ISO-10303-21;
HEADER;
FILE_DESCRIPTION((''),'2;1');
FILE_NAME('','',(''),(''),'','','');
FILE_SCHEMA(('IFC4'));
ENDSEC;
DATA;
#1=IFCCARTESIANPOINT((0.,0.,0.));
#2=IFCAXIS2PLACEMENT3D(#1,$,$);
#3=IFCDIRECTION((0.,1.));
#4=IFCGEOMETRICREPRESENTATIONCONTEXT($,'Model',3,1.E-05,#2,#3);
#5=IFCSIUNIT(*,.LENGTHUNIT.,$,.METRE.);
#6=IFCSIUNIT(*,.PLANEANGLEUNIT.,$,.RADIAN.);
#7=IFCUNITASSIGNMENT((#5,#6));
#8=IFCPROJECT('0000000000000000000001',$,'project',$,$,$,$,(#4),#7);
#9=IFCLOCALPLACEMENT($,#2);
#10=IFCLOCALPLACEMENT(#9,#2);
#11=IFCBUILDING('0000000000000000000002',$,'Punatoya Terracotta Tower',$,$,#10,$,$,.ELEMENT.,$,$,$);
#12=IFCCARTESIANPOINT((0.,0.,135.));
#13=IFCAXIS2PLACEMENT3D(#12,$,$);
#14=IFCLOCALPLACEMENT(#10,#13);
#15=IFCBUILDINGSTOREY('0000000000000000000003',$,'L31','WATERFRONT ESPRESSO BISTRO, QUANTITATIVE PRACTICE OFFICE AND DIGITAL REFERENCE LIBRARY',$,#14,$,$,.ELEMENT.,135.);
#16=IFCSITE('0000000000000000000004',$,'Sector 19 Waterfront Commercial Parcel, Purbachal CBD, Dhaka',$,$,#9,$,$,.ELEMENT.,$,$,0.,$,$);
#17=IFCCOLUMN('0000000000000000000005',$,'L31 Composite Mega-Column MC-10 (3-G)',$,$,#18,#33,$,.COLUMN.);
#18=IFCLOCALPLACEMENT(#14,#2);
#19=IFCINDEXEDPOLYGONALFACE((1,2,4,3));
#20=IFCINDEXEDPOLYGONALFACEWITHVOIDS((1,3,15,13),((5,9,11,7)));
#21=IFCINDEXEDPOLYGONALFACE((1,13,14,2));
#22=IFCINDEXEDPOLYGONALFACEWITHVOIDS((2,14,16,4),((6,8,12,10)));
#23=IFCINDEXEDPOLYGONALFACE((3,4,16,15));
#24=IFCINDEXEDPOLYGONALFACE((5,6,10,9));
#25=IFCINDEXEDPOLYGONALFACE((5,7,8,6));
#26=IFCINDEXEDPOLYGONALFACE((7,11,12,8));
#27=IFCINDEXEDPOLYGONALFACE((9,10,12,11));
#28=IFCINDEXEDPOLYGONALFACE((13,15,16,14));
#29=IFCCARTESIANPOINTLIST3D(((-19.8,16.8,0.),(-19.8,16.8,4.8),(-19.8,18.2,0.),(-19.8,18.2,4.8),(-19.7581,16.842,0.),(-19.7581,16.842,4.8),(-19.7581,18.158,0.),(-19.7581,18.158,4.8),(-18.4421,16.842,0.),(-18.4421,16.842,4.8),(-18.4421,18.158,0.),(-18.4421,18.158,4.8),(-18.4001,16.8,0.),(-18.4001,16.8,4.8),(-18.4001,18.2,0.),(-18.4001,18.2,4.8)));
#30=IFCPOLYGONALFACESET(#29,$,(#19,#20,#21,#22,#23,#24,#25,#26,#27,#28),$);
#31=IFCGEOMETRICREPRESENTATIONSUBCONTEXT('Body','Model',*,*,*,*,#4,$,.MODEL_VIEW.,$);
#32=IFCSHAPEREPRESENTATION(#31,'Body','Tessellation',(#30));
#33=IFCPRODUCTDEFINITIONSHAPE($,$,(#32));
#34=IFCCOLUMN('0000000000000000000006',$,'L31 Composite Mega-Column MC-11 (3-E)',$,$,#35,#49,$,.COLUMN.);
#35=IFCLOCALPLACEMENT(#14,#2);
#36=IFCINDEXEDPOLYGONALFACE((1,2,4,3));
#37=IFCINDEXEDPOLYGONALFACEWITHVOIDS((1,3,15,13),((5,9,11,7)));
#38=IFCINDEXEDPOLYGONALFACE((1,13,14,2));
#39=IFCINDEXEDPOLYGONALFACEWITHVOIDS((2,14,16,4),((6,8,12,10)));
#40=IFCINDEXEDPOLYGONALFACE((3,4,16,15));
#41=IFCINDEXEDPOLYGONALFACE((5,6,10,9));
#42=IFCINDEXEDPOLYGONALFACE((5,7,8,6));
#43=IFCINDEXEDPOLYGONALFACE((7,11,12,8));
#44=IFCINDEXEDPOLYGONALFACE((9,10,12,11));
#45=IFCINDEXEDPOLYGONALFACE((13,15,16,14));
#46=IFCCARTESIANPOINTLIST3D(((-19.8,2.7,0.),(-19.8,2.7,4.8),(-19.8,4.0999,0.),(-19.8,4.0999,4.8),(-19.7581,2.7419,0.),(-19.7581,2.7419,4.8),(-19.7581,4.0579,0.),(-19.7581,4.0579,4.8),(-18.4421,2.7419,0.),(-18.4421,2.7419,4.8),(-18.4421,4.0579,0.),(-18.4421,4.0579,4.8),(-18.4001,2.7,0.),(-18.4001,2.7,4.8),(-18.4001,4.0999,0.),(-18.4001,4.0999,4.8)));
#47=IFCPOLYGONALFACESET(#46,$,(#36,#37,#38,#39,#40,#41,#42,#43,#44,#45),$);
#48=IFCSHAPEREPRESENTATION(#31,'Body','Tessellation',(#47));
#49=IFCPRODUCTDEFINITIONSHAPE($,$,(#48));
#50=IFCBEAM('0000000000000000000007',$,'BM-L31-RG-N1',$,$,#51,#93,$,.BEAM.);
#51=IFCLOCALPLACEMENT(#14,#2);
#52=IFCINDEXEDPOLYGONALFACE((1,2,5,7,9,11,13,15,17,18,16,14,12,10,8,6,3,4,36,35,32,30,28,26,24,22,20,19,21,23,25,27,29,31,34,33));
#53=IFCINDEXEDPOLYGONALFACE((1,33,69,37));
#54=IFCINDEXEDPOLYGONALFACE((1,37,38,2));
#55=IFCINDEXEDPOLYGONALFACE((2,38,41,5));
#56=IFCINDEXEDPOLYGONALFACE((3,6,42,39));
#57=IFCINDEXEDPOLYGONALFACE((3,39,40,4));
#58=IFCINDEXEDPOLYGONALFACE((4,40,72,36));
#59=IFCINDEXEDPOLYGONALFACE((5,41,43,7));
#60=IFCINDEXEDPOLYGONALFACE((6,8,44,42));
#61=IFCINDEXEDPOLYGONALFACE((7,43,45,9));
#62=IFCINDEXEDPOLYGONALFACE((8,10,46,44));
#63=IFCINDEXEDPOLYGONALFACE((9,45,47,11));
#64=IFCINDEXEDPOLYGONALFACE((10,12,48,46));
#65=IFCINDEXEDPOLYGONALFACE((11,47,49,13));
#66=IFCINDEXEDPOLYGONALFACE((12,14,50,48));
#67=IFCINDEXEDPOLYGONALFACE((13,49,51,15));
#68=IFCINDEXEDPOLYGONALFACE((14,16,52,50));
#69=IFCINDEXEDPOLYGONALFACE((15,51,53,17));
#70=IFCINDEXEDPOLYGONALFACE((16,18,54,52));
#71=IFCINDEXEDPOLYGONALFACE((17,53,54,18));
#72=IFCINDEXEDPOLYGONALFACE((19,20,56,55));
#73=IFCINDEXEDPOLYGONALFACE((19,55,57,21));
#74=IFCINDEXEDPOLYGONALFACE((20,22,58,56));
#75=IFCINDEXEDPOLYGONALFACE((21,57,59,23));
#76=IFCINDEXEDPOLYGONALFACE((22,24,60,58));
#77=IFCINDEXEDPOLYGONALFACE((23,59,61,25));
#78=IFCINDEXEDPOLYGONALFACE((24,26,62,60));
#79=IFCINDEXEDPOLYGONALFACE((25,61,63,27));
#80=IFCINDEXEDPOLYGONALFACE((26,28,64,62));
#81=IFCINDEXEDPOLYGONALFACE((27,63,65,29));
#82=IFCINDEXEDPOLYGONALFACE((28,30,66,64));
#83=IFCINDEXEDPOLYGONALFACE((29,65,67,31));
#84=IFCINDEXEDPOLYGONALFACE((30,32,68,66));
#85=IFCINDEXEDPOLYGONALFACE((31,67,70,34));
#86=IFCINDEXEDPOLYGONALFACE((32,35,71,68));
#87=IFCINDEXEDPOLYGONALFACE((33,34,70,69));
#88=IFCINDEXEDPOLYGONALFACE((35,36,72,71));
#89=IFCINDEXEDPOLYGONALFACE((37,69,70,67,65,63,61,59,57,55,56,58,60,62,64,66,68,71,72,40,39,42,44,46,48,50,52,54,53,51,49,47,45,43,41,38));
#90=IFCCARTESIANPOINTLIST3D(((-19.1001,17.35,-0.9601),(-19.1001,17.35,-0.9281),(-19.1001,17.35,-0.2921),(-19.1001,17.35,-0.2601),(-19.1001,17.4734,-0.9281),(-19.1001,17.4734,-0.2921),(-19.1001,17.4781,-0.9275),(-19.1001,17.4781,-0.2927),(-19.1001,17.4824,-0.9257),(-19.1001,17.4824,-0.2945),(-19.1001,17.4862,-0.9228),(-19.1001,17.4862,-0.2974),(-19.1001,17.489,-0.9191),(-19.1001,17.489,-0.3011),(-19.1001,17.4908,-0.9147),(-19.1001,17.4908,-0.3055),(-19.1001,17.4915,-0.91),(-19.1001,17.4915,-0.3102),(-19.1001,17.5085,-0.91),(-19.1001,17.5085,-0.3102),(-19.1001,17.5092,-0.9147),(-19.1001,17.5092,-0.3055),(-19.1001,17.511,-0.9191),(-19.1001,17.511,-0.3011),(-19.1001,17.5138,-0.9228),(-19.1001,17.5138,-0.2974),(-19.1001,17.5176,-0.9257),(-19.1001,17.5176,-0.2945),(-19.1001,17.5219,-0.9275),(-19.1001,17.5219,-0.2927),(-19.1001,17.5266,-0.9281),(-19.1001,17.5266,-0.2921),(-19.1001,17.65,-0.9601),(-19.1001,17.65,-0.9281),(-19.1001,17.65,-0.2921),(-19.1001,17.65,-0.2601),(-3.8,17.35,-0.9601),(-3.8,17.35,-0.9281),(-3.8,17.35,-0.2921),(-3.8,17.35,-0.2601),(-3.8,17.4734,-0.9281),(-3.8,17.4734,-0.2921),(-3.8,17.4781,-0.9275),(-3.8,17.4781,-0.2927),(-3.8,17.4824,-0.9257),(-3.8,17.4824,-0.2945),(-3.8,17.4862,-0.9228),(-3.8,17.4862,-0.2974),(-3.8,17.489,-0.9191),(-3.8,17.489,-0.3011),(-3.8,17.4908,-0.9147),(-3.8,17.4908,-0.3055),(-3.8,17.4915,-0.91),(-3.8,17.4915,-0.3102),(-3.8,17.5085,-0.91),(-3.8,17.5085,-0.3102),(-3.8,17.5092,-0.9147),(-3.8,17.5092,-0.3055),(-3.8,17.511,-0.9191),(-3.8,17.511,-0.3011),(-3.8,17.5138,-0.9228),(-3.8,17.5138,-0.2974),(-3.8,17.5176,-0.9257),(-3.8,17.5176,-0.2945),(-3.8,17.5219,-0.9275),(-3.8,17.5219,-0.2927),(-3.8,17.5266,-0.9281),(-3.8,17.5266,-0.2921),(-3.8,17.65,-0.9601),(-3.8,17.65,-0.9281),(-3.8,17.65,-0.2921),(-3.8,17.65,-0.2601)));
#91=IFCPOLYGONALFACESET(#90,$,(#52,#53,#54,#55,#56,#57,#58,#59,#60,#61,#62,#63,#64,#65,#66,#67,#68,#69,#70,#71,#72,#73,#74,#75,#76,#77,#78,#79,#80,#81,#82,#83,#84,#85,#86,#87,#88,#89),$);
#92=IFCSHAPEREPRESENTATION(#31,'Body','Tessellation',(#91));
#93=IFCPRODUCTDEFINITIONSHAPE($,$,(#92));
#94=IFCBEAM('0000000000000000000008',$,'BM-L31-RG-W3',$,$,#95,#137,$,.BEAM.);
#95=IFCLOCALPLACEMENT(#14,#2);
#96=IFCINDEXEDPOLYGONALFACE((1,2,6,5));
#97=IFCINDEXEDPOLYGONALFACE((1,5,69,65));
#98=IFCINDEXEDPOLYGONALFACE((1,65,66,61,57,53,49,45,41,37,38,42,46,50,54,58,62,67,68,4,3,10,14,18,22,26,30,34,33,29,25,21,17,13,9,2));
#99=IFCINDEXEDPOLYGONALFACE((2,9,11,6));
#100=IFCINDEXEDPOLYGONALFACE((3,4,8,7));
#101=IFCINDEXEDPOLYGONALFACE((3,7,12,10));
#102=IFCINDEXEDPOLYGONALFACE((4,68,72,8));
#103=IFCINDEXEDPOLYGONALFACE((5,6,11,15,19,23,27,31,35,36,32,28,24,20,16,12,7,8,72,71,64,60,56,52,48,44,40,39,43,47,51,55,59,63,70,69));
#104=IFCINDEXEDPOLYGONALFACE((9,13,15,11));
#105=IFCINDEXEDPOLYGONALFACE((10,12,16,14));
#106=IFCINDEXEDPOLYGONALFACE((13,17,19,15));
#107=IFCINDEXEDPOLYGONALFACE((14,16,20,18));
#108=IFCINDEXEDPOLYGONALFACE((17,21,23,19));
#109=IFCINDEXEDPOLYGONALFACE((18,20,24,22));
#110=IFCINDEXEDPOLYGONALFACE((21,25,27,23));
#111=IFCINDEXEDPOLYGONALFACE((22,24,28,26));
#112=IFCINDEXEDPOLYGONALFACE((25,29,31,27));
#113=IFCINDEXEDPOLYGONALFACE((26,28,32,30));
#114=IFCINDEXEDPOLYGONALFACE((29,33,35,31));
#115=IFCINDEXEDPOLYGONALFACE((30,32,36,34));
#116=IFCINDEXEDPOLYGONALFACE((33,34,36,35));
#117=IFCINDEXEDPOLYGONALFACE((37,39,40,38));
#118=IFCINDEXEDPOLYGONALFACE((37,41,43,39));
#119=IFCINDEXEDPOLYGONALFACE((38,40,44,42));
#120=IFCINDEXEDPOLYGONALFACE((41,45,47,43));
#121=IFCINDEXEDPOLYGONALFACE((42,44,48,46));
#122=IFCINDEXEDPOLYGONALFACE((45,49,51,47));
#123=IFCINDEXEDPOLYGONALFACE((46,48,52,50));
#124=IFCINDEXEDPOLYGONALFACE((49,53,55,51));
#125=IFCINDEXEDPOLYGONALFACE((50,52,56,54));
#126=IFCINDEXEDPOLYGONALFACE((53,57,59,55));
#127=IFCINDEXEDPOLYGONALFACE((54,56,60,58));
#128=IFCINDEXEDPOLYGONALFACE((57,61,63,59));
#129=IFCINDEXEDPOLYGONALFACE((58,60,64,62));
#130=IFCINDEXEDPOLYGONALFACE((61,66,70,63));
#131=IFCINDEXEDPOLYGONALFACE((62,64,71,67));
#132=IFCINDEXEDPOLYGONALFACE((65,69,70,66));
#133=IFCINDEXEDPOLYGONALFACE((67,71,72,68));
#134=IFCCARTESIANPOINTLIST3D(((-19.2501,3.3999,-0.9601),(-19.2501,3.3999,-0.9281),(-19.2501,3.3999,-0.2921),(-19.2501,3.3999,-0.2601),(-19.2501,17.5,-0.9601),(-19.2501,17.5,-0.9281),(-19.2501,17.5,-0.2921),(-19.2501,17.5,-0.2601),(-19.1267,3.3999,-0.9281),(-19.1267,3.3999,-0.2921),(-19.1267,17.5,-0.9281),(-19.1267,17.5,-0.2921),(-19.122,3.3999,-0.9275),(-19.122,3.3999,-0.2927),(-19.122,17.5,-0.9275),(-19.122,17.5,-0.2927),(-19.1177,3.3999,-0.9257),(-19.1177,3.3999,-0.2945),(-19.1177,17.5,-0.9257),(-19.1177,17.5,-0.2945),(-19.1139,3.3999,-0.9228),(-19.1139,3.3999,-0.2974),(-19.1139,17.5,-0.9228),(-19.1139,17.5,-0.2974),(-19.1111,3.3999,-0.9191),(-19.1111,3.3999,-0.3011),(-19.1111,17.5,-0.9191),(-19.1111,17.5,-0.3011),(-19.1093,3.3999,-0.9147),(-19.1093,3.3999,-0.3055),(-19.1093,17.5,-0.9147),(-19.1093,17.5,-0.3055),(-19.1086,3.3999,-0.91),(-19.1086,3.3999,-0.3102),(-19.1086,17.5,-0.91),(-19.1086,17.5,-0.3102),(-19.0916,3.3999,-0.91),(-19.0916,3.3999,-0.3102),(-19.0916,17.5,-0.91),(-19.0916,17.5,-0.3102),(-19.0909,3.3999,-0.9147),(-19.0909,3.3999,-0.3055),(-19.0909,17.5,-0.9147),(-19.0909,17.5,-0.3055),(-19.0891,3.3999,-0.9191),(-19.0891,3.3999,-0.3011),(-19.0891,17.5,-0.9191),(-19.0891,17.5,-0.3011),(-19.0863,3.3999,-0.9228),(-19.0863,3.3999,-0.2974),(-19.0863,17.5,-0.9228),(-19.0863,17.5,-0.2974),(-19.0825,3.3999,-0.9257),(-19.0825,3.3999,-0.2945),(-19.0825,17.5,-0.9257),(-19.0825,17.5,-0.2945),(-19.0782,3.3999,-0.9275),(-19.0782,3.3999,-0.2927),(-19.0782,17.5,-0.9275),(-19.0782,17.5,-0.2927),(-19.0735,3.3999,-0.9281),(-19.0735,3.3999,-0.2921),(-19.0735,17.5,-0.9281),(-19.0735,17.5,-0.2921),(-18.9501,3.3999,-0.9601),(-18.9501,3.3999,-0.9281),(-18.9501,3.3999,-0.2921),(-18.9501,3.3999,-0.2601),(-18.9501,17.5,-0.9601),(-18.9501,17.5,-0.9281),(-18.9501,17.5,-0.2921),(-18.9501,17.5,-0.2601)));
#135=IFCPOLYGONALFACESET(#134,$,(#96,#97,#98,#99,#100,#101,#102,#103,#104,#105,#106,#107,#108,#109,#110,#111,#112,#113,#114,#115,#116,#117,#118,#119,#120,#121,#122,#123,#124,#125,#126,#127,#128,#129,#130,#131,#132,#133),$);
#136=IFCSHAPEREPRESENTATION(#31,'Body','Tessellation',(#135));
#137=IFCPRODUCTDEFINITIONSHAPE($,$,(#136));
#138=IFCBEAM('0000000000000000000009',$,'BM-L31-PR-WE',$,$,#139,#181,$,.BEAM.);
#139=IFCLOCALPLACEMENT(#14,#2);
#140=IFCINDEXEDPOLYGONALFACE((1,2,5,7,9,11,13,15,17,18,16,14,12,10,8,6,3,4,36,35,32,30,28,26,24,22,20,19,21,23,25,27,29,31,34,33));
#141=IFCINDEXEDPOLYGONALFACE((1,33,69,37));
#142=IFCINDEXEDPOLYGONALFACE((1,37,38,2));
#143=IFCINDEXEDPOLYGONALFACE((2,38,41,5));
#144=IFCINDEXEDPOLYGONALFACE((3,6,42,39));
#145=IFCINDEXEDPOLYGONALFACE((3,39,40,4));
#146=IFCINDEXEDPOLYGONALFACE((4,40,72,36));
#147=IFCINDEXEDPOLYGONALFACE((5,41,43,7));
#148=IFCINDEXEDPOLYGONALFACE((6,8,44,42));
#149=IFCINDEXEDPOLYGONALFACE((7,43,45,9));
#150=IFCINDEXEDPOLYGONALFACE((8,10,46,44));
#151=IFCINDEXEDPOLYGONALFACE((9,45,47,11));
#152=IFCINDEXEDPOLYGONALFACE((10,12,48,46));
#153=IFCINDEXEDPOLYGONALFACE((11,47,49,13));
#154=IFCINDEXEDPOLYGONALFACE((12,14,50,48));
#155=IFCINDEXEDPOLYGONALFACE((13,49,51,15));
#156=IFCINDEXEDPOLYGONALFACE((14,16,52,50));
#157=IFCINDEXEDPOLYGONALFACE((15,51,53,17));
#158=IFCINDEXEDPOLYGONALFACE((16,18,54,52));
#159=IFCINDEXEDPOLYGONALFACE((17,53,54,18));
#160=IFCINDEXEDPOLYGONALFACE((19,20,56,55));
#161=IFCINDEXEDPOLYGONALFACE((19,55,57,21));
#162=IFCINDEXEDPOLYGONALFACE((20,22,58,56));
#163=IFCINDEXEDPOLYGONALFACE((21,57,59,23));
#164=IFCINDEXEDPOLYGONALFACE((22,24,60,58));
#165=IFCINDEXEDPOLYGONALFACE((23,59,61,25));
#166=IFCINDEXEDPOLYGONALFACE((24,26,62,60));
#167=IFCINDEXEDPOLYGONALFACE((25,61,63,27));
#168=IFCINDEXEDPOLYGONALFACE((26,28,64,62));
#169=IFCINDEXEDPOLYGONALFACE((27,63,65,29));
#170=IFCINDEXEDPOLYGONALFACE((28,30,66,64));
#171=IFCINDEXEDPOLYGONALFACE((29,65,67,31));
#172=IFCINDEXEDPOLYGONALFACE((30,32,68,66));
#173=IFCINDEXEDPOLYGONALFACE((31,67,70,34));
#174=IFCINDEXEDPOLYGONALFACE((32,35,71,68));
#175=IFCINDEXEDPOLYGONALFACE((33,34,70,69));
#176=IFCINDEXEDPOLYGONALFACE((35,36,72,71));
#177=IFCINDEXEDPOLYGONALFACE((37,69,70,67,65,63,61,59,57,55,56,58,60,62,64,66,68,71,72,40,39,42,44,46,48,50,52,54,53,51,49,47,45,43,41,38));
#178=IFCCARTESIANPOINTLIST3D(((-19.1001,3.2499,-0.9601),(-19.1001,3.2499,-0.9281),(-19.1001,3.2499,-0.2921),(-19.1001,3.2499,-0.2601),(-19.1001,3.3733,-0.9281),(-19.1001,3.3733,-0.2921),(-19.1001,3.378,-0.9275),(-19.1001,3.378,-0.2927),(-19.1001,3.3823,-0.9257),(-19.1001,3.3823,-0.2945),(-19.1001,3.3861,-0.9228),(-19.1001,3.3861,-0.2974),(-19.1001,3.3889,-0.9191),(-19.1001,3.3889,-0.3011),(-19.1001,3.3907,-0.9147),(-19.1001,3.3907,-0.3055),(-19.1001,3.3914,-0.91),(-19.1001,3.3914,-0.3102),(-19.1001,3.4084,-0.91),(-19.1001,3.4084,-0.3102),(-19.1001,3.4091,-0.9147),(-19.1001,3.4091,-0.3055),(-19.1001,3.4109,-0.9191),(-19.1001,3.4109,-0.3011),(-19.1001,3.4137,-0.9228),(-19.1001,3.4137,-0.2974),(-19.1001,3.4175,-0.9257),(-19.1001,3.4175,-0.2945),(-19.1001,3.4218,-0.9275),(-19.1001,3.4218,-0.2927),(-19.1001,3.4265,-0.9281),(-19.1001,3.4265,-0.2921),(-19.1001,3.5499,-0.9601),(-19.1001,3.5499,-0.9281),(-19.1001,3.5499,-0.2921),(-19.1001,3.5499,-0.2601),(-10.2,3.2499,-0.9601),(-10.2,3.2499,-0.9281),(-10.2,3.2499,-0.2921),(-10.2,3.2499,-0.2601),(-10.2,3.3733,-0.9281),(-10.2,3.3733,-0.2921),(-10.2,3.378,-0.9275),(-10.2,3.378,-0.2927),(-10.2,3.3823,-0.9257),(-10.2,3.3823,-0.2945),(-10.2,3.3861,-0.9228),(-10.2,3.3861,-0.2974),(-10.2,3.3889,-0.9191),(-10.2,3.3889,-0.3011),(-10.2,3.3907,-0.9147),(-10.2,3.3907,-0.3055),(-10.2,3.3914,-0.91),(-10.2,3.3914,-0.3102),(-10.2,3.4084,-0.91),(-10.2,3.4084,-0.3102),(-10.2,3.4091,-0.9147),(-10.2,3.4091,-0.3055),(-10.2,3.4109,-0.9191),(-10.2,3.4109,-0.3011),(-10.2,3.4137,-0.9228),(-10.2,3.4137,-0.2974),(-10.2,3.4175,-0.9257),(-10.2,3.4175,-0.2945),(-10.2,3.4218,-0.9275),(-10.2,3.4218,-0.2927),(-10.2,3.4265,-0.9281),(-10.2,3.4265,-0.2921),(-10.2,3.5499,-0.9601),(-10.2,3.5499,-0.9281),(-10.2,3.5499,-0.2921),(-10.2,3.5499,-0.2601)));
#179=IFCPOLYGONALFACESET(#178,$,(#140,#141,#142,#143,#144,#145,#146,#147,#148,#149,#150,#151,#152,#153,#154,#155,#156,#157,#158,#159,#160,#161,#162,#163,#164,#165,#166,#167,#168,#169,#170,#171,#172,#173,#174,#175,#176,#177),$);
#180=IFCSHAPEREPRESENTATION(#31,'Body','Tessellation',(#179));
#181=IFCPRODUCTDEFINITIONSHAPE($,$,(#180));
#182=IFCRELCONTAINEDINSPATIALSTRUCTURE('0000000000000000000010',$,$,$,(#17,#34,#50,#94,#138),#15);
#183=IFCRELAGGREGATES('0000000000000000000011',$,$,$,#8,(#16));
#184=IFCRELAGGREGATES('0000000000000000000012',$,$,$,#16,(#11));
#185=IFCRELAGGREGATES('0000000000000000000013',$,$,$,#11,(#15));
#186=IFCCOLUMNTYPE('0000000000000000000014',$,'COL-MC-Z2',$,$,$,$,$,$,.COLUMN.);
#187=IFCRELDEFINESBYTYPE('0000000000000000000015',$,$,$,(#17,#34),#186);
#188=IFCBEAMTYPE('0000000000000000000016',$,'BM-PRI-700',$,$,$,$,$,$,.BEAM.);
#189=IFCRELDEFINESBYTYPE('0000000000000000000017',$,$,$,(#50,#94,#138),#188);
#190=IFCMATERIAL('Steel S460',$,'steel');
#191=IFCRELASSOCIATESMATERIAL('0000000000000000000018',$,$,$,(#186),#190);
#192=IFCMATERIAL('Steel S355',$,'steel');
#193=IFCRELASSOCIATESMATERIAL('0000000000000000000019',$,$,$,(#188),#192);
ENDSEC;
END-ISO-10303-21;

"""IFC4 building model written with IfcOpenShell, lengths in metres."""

from ifc_helpers import new_model, si_unit, direction, frame, origin, origin_2d, place, context, subcontext, project, spatial, hollow_rectangle, i_section, extrude, material, material_profile, profile_set, type_object, element, save


model = new_model("IFC4")

# Units and contexts
model_context = context("Model", 3, precision=1e-05, world=origin(), true_north=direction((0.0, 1.0)))
body_context = subcontext(model_context, "Body", "Model", "MODEL_VIEW")
ifc_project = project(units=[si_unit("LENGTHUNIT", "METRE"), si_unit("PLANEANGLEUNIT", "RADIAN")], contexts=[model_context])

# Site, building, storey
site_placement = place(None, origin())
site = spatial("IfcSite", under=ifc_project, at=site_placement, Name="Sector 19 Waterfront Commercial Parcel, Purbachal CBD, Dhaka", CompositionType="ELEMENT", RefElevation=0.0)
building_placement = place(site_placement, origin())
building = spatial("IfcBuilding", under=site, at=building_placement, Name="Punatoya Terracotta Tower", CompositionType="ELEMENT")
storey_placement = place(building_placement, frame((0.0, 0.0, 135.0)))
storey = spatial("IfcBuildingStorey", under=building, at=storey_placement, Name="L31", Description="WATERFRONT ESPRESSO BISTRO, QUANTITATIVE PRACTICE OFFICE AND DIGITAL REFERENCE LIBRARY", CompositionType="ELEMENT", Elevation=135.0)

# Columns
ifc_material_1 = material(Name="Steel S460", Category="steel")
ifc_material_profile_1 = material_profile(ifc_material_1, hollow_rectangle(XDim=1.3999, YDim=1.3999, WallThickness=0.042, at=origin_2d()))
ifc_profile_set_1 = profile_set([ifc_material_profile_1], Name="Steel S460")
column_type = type_object("IfcColumnType", Name="COL-MC-Z2", PredefinedType="COLUMN", material=ifc_profile_set_1)
for number, where, z_axis, x_axis, name in (
    (1, (-19.1001, 17.5, 0.0), (0.0, 0.0, 1.0), (1.0, 0.0, 0.0), "L31 Composite Mega-Column MC-10 (3-G)"),
    (2, (-19.1001, 3.3999, 0.0), (0.0, 0.0, 1.0), (1.0, 0.0, 0.0), "L31 Composite Mega-Column MC-11 (3-E)"),
):
    element("IfcColumn", number, at=place(storey_placement, frame(where, z_axis=z_axis, x_axis=x_axis)), inside=storey, type_object=column_type, Name=name, PredefinedType="COLUMN", context=body_context, shape_type="SweptSolid", body=[
        extrude(hollow_rectangle(XDim=1.3999, YDim=1.3999, WallThickness=0.042, at=origin_2d()), origin(), (0.0, 0.0, 1.0), 4.8),
    ])

# Beams
ifc_material_2 = material(Name="Steel S355", Category="steel")
ifc_material_profile_2 = material_profile(ifc_material_2, i_section(OverallWidth=0.3, OverallDepth=0.7, WebThickness=0.0171, FlangeThickness=0.032, FilletRadius=0.0181, at=origin_2d()))
ifc_profile_set_2 = profile_set([ifc_material_profile_2], Name="Steel S355")
beam_type_1 = type_object("IfcBeamType", Name="BM-PRI-700", PredefinedType="BEAM", material=ifc_profile_set_2)
beam_1_placement = place(storey_placement, frame((-19.1001, 17.5, -0.6101), z_axis=(1.0, 0.0, 0.0), x_axis=(0.0, 1.0, 0.0)))
element("IfcBeam", 3, at=beam_1_placement, inside=storey, type_object=beam_type_1, Name="BM-L31-RG-N1", PredefinedType="BEAM", context=body_context, shape_type="SweptSolid", body=[
    extrude(i_section(OverallWidth=0.3, OverallDepth=0.7, WebThickness=0.0171, FlangeThickness=0.032, FilletRadius=0.0181, at=origin_2d()), origin(), (0.0, 0.0, 1.0), 15.3),
])
beam_2_placement = place(storey_placement, frame((-19.1001, 3.3999, -0.6101), z_axis=(0.0, 1.0, 0.0), x_axis=(-1.0, 0.0, 0.0)))
element("IfcBeam", 4, at=beam_2_placement, inside=storey, type_object=beam_type_1, Name="BM-L31-RG-W3", PredefinedType="BEAM", context=body_context, shape_type="SweptSolid", body=[
    extrude(i_section(OverallWidth=0.3, OverallDepth=0.7, WebThickness=0.0171, FlangeThickness=0.032, FilletRadius=0.0181, at=origin_2d()), origin(), (0.0, 0.0, 1.0), 14.1001),
])
beam_3_placement = place(storey_placement, frame((-19.1001, 3.3999, -0.6101), z_axis=(1.0, 0.0, 0.0), x_axis=(0.0, 1.0, 0.0)))
element("IfcBeam", 5, at=beam_3_placement, inside=storey, type_object=beam_type_1, Name="BM-L31-PR-WE", PredefinedType="BEAM", context=body_context, shape_type="SweptSolid", body=[
    extrude(i_section(OverallWidth=0.3, OverallDepth=0.7, WebThickness=0.0171, FlangeThickness=0.032, FilletRadius=0.0181, at=origin_2d()), origin(), (0.0, 0.0, 1.0), 8.9001),
])

save(model, "model.ifc")
